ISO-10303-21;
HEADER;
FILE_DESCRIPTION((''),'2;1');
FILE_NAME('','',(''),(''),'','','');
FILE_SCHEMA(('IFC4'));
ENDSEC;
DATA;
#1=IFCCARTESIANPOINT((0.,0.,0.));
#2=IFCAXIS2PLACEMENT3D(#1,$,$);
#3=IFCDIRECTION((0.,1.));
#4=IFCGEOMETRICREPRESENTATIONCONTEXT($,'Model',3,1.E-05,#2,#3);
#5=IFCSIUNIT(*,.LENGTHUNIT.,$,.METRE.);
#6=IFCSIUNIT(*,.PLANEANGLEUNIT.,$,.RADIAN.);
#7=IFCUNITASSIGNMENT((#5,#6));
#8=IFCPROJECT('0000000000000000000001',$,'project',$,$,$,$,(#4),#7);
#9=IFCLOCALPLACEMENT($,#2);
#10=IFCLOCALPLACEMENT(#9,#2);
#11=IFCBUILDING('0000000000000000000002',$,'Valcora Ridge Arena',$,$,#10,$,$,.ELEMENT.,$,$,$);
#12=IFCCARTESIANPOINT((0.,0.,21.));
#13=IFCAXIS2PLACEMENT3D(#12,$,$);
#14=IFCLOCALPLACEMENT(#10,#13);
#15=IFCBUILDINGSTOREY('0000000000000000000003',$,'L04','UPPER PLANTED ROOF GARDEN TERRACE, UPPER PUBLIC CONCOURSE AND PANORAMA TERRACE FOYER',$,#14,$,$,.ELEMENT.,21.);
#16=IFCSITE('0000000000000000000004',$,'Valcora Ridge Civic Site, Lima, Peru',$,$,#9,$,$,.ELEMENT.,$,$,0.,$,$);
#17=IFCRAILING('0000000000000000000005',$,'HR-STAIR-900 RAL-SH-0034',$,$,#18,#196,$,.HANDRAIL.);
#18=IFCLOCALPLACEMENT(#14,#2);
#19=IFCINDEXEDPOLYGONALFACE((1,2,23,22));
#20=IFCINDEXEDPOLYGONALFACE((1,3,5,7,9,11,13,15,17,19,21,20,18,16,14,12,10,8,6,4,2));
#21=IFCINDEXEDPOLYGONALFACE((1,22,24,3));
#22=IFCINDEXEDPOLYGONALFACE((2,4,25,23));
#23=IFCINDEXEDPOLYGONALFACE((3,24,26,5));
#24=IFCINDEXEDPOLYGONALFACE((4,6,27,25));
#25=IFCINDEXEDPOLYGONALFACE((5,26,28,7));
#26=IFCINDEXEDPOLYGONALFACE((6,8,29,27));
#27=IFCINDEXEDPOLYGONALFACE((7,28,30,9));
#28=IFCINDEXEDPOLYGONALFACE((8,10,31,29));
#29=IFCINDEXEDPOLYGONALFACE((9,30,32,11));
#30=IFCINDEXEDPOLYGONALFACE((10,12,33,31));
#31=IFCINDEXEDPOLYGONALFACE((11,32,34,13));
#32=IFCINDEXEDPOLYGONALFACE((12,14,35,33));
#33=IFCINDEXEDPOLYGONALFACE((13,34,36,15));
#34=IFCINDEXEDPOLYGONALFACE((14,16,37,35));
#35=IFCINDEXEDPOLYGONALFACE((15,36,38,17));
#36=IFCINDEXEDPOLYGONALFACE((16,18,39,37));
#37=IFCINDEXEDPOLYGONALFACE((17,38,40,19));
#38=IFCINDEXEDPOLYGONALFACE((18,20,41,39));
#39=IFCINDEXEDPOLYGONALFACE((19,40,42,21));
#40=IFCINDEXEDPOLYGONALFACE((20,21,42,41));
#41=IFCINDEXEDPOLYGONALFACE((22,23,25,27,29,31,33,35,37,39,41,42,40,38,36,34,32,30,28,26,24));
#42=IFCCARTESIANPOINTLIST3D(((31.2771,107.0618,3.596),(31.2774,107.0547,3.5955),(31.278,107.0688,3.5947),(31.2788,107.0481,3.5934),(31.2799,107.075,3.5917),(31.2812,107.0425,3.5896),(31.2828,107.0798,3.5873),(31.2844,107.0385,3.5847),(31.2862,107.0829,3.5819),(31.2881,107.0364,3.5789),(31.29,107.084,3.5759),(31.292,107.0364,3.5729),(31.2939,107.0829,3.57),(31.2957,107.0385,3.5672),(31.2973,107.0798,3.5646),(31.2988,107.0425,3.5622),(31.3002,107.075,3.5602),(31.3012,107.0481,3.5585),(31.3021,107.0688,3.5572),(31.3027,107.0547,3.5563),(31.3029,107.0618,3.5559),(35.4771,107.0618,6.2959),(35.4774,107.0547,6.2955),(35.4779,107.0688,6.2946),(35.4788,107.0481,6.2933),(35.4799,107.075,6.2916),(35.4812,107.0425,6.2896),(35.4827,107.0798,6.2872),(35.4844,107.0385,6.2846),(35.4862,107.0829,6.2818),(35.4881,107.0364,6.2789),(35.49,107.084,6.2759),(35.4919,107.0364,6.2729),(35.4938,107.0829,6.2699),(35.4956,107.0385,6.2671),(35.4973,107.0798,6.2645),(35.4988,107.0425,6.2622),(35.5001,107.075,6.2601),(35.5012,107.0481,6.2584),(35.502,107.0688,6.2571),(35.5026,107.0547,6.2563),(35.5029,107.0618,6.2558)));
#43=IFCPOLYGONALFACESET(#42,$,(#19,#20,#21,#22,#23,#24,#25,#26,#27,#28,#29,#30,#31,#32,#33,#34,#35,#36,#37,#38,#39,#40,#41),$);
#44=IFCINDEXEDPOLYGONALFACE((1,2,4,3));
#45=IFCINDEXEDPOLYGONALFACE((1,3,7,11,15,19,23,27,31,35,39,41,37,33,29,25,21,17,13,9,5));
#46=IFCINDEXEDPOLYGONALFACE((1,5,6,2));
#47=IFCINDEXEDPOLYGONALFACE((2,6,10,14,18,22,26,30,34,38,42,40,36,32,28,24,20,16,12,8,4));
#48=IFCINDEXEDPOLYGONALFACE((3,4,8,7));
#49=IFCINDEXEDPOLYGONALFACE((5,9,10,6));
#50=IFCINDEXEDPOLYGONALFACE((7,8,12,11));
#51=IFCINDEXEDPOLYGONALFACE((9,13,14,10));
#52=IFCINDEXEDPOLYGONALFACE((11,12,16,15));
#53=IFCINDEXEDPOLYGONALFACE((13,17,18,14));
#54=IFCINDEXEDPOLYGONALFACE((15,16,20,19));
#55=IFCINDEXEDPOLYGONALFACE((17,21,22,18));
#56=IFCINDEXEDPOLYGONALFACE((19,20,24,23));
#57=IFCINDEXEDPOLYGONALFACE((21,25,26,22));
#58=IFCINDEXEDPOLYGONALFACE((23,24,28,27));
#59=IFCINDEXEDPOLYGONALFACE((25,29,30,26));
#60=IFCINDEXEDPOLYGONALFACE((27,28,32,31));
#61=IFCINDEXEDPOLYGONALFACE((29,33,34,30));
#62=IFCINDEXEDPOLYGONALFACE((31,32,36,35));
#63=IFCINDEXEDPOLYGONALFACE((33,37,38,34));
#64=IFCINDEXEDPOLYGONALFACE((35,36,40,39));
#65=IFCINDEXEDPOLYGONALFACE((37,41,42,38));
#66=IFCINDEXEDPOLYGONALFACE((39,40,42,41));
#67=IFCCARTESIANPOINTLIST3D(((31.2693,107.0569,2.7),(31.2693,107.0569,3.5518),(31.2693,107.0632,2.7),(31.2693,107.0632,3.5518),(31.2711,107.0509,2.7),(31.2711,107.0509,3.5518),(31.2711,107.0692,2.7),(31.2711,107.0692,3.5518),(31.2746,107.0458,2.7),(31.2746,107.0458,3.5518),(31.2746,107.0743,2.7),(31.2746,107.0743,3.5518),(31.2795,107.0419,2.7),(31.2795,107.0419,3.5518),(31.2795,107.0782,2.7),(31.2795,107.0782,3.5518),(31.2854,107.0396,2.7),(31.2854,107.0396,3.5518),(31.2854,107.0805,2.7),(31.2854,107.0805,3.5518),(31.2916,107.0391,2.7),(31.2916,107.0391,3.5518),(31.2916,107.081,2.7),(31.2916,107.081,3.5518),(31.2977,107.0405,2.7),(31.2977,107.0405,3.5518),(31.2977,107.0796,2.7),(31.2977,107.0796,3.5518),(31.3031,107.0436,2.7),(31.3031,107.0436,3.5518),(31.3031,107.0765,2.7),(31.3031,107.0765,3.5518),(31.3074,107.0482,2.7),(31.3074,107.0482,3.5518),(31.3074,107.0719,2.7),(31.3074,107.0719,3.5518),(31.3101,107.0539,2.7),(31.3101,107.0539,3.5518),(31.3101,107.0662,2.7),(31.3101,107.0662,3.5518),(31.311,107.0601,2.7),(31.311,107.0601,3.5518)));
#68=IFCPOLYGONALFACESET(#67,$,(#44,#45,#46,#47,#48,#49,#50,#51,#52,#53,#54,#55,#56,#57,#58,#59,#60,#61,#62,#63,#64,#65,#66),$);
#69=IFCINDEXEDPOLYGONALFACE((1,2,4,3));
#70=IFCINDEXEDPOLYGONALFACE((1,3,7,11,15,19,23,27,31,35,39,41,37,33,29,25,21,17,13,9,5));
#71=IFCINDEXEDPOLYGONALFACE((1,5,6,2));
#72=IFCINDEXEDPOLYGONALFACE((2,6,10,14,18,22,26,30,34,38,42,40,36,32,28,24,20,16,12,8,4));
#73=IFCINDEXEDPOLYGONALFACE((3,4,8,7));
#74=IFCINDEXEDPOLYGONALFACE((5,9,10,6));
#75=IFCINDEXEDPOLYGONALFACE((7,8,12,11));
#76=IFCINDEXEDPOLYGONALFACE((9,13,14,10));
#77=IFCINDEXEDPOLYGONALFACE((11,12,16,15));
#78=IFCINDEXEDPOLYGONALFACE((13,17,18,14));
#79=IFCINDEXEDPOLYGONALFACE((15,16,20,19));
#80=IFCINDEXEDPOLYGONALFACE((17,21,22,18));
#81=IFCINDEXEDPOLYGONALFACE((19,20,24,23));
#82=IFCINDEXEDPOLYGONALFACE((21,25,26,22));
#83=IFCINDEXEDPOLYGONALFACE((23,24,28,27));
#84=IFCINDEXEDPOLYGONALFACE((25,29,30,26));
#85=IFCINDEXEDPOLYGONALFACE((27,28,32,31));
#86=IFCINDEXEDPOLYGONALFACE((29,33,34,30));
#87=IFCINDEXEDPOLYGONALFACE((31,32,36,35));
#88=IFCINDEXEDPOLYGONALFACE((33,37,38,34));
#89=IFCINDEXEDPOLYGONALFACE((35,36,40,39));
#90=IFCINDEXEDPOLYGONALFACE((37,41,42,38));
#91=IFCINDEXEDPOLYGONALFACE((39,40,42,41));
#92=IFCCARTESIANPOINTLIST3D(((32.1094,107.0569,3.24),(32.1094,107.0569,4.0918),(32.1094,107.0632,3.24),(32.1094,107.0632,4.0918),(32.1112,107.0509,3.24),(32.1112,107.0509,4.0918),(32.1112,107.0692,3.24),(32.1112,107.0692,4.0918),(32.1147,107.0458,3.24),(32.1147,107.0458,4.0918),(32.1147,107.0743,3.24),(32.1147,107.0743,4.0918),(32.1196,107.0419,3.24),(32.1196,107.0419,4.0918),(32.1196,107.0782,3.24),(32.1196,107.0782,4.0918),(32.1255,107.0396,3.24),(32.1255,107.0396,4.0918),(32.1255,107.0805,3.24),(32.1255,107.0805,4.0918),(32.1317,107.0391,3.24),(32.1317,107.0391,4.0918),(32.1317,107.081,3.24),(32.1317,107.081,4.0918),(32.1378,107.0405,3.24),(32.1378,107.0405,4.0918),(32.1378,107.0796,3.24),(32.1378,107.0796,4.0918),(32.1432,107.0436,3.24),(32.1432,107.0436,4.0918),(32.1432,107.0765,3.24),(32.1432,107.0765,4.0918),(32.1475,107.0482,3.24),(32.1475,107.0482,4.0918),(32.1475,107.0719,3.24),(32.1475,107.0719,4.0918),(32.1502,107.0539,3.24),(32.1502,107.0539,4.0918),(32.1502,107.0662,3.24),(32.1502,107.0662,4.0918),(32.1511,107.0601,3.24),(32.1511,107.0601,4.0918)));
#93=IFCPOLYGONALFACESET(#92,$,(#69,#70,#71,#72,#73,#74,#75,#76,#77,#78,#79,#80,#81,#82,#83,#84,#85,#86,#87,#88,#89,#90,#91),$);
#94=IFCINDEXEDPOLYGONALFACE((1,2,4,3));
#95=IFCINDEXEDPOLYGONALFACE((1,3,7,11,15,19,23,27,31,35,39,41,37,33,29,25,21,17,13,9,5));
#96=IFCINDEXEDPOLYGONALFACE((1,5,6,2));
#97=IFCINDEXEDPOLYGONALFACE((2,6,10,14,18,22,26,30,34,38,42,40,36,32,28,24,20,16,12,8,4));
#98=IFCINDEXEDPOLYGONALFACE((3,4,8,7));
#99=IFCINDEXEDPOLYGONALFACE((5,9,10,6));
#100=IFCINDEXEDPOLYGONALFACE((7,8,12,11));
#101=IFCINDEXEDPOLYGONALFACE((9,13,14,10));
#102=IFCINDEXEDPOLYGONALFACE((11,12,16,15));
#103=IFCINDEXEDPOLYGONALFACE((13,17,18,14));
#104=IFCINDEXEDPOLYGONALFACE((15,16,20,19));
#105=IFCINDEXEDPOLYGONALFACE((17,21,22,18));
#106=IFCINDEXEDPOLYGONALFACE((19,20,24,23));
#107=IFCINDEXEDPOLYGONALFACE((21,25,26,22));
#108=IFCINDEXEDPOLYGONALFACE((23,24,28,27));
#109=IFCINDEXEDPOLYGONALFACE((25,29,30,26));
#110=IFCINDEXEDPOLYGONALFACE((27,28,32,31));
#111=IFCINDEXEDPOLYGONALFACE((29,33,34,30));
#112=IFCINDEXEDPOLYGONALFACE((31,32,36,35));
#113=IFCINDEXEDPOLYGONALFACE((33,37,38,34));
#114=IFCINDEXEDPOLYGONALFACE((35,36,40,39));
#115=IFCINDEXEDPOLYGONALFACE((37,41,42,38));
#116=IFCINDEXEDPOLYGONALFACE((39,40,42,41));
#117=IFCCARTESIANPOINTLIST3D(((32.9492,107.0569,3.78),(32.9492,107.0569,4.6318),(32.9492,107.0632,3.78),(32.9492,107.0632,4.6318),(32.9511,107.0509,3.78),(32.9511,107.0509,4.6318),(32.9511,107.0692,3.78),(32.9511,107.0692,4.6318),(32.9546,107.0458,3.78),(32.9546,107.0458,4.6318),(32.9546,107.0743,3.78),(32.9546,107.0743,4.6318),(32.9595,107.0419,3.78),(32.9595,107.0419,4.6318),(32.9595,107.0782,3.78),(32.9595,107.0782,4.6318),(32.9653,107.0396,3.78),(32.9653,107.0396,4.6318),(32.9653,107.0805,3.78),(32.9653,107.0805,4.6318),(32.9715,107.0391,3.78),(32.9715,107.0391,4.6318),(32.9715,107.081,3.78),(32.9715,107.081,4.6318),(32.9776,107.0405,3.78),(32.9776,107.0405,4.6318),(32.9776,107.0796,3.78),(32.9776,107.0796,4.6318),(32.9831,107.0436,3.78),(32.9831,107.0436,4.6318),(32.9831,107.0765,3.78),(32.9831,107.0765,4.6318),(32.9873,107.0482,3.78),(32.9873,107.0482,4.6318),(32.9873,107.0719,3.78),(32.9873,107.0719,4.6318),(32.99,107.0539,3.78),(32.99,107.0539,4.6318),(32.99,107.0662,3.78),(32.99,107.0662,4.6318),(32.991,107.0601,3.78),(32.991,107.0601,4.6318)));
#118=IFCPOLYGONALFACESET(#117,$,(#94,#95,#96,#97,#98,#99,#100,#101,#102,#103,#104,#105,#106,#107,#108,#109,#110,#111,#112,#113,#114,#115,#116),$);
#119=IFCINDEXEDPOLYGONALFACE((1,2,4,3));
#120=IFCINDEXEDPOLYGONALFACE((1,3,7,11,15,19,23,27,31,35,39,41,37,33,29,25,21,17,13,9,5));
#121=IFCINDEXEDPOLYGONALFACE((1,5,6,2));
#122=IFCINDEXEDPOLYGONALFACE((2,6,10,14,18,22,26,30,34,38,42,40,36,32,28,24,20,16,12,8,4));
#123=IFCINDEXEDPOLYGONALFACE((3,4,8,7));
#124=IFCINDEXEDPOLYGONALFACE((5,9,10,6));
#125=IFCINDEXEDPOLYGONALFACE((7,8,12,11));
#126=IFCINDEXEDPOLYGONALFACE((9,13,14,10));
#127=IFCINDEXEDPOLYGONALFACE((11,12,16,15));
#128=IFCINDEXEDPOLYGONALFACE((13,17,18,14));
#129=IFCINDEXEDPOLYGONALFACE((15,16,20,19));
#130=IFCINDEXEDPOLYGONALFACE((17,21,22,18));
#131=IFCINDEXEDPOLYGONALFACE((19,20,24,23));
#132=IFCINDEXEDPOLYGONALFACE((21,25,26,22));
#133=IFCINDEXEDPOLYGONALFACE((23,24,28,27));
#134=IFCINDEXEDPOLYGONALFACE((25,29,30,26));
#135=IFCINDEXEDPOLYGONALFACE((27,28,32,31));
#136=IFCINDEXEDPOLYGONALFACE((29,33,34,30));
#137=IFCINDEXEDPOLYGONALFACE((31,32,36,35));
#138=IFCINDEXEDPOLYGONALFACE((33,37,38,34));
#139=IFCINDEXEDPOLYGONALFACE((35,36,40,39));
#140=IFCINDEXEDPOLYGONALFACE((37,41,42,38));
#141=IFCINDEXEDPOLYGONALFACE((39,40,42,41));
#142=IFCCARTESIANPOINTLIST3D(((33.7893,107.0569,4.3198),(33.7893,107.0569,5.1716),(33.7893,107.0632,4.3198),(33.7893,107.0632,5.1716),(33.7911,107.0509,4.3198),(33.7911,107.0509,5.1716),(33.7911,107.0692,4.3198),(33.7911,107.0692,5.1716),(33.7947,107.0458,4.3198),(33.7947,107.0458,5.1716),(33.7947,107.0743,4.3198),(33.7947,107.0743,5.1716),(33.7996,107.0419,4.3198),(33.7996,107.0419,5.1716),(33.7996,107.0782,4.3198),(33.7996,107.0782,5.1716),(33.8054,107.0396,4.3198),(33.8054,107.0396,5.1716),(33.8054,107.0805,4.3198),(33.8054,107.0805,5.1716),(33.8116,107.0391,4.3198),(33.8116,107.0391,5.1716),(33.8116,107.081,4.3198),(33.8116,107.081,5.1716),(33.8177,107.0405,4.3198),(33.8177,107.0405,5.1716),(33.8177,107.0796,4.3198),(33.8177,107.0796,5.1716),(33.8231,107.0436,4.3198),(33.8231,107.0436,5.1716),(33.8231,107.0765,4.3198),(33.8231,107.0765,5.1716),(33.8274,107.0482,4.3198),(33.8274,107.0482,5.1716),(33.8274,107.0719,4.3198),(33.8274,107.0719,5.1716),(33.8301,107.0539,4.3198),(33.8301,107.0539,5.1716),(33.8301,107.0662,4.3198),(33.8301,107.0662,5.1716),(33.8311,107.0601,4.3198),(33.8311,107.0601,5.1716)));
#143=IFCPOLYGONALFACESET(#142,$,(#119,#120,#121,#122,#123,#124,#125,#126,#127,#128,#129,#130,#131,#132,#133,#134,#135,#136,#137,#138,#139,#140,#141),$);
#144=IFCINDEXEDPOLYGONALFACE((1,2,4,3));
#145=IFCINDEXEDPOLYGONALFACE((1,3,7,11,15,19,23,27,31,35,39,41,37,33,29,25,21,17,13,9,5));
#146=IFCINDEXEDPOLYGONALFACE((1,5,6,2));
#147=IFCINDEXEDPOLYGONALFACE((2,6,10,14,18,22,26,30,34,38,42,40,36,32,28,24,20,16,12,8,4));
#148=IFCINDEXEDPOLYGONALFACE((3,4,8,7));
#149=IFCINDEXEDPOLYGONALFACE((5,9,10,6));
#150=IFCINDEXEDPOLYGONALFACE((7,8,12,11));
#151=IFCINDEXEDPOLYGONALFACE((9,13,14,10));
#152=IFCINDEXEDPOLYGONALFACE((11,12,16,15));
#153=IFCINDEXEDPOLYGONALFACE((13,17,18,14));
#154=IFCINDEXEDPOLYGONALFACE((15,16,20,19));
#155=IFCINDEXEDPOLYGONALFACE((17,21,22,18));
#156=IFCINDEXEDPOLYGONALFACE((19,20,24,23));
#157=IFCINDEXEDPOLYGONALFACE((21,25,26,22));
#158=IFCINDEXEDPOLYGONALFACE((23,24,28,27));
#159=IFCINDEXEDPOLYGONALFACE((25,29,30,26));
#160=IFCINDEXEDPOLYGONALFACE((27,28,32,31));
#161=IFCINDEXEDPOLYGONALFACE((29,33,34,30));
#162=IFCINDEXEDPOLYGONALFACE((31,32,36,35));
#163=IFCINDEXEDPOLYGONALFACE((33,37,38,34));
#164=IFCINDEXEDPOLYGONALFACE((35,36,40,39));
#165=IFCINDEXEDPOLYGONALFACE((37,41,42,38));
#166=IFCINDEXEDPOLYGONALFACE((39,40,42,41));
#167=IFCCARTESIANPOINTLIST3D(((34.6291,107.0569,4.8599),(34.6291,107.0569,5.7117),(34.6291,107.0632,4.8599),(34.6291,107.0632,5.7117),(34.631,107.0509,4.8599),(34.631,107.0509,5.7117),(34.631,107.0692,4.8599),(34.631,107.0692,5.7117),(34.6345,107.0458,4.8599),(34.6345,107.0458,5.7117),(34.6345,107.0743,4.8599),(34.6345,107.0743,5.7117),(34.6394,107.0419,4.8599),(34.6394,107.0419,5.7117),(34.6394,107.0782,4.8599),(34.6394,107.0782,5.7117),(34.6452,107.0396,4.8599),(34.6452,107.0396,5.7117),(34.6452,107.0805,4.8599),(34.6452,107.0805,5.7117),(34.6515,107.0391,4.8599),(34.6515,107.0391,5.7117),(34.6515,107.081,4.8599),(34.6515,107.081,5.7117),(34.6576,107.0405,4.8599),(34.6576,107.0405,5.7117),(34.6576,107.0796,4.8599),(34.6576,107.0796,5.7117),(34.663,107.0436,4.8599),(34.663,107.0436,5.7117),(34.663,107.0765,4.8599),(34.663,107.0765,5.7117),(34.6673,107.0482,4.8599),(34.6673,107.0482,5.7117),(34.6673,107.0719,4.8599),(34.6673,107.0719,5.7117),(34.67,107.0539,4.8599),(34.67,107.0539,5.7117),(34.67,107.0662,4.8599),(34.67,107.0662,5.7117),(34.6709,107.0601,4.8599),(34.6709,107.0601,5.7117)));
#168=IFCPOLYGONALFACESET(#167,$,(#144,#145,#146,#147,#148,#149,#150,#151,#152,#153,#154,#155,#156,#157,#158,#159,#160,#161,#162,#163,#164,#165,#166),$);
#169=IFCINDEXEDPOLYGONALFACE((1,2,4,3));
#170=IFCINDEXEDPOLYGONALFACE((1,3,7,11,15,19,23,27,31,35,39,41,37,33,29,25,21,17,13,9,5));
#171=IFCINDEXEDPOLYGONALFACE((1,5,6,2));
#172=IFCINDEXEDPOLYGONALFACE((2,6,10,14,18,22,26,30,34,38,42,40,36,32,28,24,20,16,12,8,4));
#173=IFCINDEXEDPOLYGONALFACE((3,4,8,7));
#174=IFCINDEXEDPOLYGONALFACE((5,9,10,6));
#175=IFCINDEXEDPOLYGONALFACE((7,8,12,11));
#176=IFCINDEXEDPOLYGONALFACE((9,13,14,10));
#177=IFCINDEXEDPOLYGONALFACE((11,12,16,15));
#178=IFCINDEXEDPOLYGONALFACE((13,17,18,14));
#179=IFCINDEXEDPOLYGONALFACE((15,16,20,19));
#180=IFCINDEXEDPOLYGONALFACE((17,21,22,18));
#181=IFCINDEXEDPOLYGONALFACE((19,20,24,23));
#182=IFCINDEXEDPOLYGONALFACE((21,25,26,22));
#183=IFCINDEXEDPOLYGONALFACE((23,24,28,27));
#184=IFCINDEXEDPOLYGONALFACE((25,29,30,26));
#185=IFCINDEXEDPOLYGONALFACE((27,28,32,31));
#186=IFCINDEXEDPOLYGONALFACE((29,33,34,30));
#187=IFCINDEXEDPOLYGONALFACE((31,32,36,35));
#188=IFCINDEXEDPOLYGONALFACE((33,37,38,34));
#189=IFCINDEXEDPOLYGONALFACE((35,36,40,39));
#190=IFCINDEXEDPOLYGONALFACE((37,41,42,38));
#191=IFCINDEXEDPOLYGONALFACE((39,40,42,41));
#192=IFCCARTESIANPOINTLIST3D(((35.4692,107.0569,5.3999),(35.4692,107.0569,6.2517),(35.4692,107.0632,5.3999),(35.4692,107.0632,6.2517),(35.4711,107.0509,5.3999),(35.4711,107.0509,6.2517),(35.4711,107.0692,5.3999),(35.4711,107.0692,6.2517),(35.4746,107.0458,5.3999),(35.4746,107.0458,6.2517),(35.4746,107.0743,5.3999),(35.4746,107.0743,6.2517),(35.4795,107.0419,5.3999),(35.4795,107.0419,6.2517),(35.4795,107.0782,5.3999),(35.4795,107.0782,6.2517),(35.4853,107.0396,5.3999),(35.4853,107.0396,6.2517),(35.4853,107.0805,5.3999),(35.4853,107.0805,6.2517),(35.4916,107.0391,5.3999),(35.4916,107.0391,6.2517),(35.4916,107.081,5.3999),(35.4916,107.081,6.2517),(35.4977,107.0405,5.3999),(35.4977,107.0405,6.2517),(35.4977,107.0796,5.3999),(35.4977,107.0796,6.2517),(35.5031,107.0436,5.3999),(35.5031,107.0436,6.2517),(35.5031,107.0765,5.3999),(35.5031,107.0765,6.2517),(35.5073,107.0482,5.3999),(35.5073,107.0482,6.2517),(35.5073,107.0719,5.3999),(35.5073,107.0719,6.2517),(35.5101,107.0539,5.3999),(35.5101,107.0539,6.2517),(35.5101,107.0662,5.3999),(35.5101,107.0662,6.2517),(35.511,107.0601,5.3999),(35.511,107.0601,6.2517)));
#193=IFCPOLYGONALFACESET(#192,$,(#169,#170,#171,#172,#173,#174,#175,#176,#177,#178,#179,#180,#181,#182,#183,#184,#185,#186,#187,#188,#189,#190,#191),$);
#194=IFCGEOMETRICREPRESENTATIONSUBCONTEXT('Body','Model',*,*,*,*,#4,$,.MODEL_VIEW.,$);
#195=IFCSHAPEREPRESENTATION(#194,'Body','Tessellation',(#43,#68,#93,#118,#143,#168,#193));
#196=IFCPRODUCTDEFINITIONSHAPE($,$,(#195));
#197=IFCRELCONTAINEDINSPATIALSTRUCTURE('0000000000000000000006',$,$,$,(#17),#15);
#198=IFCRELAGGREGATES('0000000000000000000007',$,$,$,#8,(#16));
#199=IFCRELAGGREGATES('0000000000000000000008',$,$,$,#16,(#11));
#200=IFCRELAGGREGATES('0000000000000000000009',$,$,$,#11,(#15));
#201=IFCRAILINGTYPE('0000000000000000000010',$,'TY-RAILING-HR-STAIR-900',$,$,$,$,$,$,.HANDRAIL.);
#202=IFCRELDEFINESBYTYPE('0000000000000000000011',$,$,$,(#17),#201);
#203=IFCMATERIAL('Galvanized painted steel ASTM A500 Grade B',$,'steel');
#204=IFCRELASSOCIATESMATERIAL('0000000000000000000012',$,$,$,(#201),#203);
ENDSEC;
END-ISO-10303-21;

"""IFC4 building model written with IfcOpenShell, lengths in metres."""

from ifc_helpers import new_model, si_unit, direction, frame, origin, origin_2d, place, context, subcontext, project, spatial, circle, extrude, material, type_object, element, save


model = new_model("IFC4")

# Units and contexts
model_context = context("Model", 3, precision=1e-05, world=origin(), true_north=direction((0.0, 1.0)))
body_context = subcontext(model_context, "Body", "Model", "MODEL_VIEW")
ifc_project = project(units=[si_unit("LENGTHUNIT", "METRE"), si_unit("PLANEANGLEUNIT", "RADIAN")], contexts=[model_context])

# Site, building, storey
site_placement = place(None, origin())
site = spatial("IfcSite", under=ifc_project, at=site_placement, Name="Valcora Ridge Civic Site, Lima, Peru", CompositionType="ELEMENT", RefElevation=0.0)
building_placement = place(site_placement, origin())
building = spatial("IfcBuilding", under=site, at=building_placement, Name="Valcora Ridge Arena", CompositionType="ELEMENT")
storey_placement = place(building_placement, frame((0.0, 0.0, 21.0)))
storey = spatial("IfcBuildingStorey", under=building, at=storey_placement, Name="L04", Description="UPPER PLANTED ROOF GARDEN TERRACE, UPPER PUBLIC CONCOURSE AND PANORAMA TERRACE FOYER", CompositionType="ELEMENT", Elevation=21.0)

# Railing
ifc_material_1 = material(Name="Galvanized painted steel ASTM A500 Grade B", Category="steel")
railing_type = type_object("IfcRailingType", Name="TY-RAILING-HR-STAIR-900", PredefinedType="HANDRAIL", material=ifc_material_1)
railing_placement = place(storey_placement, frame((31.29, 107.0601, 2.7)))
element("IfcRailing", 1, at=railing_placement, inside=storey, type_object=railing_type, Name="HR-STAIR-900 RAL-SH-0034", PredefinedType="HANDRAIL", context=body_context, shape_type="SweptSolid", body=[
    extrude(circle(Radius=0.0239, at=origin_2d()), frame((0.0, 0.0, 0.876), z_axis=(0.84118, 0.0, 0.540755), x_axis=(0.0, 1.0, 0.0)), (0.0, 0.0, 1.0), 4.9929),
    extrude(circle(Radius=0.021, at=origin_2d()), origin(), (0.0, 0.0, 1.0), 0.8518),
    extrude(circle(Radius=0.021, at=origin_2d()), frame((0.8401, 0.0, 0.54)), (0.0, 0.0, 1.0), 0.8518),
    extrude(circle(Radius=0.021, at=origin_2d()), frame((1.6799, 0.0, 1.0801)), (0.0, 0.0, 1.0), 0.8518),
    extrude(circle(Radius=0.021, at=origin_2d()), frame((2.52, 0.0, 1.6199)), (0.0, 0.0, 1.0), 0.8518),
    extrude(circle(Radius=0.021, at=origin_2d()), frame((3.3599, 0.0, 2.1599)), (0.0, 0.0, 1.0), 0.8518),
    extrude(circle(Radius=0.021, at=origin_2d()), frame((4.2, 0.0, 2.7)), (0.0, 0.0, 1.0), 0.8518),
])

save(model, "model.ifc")
